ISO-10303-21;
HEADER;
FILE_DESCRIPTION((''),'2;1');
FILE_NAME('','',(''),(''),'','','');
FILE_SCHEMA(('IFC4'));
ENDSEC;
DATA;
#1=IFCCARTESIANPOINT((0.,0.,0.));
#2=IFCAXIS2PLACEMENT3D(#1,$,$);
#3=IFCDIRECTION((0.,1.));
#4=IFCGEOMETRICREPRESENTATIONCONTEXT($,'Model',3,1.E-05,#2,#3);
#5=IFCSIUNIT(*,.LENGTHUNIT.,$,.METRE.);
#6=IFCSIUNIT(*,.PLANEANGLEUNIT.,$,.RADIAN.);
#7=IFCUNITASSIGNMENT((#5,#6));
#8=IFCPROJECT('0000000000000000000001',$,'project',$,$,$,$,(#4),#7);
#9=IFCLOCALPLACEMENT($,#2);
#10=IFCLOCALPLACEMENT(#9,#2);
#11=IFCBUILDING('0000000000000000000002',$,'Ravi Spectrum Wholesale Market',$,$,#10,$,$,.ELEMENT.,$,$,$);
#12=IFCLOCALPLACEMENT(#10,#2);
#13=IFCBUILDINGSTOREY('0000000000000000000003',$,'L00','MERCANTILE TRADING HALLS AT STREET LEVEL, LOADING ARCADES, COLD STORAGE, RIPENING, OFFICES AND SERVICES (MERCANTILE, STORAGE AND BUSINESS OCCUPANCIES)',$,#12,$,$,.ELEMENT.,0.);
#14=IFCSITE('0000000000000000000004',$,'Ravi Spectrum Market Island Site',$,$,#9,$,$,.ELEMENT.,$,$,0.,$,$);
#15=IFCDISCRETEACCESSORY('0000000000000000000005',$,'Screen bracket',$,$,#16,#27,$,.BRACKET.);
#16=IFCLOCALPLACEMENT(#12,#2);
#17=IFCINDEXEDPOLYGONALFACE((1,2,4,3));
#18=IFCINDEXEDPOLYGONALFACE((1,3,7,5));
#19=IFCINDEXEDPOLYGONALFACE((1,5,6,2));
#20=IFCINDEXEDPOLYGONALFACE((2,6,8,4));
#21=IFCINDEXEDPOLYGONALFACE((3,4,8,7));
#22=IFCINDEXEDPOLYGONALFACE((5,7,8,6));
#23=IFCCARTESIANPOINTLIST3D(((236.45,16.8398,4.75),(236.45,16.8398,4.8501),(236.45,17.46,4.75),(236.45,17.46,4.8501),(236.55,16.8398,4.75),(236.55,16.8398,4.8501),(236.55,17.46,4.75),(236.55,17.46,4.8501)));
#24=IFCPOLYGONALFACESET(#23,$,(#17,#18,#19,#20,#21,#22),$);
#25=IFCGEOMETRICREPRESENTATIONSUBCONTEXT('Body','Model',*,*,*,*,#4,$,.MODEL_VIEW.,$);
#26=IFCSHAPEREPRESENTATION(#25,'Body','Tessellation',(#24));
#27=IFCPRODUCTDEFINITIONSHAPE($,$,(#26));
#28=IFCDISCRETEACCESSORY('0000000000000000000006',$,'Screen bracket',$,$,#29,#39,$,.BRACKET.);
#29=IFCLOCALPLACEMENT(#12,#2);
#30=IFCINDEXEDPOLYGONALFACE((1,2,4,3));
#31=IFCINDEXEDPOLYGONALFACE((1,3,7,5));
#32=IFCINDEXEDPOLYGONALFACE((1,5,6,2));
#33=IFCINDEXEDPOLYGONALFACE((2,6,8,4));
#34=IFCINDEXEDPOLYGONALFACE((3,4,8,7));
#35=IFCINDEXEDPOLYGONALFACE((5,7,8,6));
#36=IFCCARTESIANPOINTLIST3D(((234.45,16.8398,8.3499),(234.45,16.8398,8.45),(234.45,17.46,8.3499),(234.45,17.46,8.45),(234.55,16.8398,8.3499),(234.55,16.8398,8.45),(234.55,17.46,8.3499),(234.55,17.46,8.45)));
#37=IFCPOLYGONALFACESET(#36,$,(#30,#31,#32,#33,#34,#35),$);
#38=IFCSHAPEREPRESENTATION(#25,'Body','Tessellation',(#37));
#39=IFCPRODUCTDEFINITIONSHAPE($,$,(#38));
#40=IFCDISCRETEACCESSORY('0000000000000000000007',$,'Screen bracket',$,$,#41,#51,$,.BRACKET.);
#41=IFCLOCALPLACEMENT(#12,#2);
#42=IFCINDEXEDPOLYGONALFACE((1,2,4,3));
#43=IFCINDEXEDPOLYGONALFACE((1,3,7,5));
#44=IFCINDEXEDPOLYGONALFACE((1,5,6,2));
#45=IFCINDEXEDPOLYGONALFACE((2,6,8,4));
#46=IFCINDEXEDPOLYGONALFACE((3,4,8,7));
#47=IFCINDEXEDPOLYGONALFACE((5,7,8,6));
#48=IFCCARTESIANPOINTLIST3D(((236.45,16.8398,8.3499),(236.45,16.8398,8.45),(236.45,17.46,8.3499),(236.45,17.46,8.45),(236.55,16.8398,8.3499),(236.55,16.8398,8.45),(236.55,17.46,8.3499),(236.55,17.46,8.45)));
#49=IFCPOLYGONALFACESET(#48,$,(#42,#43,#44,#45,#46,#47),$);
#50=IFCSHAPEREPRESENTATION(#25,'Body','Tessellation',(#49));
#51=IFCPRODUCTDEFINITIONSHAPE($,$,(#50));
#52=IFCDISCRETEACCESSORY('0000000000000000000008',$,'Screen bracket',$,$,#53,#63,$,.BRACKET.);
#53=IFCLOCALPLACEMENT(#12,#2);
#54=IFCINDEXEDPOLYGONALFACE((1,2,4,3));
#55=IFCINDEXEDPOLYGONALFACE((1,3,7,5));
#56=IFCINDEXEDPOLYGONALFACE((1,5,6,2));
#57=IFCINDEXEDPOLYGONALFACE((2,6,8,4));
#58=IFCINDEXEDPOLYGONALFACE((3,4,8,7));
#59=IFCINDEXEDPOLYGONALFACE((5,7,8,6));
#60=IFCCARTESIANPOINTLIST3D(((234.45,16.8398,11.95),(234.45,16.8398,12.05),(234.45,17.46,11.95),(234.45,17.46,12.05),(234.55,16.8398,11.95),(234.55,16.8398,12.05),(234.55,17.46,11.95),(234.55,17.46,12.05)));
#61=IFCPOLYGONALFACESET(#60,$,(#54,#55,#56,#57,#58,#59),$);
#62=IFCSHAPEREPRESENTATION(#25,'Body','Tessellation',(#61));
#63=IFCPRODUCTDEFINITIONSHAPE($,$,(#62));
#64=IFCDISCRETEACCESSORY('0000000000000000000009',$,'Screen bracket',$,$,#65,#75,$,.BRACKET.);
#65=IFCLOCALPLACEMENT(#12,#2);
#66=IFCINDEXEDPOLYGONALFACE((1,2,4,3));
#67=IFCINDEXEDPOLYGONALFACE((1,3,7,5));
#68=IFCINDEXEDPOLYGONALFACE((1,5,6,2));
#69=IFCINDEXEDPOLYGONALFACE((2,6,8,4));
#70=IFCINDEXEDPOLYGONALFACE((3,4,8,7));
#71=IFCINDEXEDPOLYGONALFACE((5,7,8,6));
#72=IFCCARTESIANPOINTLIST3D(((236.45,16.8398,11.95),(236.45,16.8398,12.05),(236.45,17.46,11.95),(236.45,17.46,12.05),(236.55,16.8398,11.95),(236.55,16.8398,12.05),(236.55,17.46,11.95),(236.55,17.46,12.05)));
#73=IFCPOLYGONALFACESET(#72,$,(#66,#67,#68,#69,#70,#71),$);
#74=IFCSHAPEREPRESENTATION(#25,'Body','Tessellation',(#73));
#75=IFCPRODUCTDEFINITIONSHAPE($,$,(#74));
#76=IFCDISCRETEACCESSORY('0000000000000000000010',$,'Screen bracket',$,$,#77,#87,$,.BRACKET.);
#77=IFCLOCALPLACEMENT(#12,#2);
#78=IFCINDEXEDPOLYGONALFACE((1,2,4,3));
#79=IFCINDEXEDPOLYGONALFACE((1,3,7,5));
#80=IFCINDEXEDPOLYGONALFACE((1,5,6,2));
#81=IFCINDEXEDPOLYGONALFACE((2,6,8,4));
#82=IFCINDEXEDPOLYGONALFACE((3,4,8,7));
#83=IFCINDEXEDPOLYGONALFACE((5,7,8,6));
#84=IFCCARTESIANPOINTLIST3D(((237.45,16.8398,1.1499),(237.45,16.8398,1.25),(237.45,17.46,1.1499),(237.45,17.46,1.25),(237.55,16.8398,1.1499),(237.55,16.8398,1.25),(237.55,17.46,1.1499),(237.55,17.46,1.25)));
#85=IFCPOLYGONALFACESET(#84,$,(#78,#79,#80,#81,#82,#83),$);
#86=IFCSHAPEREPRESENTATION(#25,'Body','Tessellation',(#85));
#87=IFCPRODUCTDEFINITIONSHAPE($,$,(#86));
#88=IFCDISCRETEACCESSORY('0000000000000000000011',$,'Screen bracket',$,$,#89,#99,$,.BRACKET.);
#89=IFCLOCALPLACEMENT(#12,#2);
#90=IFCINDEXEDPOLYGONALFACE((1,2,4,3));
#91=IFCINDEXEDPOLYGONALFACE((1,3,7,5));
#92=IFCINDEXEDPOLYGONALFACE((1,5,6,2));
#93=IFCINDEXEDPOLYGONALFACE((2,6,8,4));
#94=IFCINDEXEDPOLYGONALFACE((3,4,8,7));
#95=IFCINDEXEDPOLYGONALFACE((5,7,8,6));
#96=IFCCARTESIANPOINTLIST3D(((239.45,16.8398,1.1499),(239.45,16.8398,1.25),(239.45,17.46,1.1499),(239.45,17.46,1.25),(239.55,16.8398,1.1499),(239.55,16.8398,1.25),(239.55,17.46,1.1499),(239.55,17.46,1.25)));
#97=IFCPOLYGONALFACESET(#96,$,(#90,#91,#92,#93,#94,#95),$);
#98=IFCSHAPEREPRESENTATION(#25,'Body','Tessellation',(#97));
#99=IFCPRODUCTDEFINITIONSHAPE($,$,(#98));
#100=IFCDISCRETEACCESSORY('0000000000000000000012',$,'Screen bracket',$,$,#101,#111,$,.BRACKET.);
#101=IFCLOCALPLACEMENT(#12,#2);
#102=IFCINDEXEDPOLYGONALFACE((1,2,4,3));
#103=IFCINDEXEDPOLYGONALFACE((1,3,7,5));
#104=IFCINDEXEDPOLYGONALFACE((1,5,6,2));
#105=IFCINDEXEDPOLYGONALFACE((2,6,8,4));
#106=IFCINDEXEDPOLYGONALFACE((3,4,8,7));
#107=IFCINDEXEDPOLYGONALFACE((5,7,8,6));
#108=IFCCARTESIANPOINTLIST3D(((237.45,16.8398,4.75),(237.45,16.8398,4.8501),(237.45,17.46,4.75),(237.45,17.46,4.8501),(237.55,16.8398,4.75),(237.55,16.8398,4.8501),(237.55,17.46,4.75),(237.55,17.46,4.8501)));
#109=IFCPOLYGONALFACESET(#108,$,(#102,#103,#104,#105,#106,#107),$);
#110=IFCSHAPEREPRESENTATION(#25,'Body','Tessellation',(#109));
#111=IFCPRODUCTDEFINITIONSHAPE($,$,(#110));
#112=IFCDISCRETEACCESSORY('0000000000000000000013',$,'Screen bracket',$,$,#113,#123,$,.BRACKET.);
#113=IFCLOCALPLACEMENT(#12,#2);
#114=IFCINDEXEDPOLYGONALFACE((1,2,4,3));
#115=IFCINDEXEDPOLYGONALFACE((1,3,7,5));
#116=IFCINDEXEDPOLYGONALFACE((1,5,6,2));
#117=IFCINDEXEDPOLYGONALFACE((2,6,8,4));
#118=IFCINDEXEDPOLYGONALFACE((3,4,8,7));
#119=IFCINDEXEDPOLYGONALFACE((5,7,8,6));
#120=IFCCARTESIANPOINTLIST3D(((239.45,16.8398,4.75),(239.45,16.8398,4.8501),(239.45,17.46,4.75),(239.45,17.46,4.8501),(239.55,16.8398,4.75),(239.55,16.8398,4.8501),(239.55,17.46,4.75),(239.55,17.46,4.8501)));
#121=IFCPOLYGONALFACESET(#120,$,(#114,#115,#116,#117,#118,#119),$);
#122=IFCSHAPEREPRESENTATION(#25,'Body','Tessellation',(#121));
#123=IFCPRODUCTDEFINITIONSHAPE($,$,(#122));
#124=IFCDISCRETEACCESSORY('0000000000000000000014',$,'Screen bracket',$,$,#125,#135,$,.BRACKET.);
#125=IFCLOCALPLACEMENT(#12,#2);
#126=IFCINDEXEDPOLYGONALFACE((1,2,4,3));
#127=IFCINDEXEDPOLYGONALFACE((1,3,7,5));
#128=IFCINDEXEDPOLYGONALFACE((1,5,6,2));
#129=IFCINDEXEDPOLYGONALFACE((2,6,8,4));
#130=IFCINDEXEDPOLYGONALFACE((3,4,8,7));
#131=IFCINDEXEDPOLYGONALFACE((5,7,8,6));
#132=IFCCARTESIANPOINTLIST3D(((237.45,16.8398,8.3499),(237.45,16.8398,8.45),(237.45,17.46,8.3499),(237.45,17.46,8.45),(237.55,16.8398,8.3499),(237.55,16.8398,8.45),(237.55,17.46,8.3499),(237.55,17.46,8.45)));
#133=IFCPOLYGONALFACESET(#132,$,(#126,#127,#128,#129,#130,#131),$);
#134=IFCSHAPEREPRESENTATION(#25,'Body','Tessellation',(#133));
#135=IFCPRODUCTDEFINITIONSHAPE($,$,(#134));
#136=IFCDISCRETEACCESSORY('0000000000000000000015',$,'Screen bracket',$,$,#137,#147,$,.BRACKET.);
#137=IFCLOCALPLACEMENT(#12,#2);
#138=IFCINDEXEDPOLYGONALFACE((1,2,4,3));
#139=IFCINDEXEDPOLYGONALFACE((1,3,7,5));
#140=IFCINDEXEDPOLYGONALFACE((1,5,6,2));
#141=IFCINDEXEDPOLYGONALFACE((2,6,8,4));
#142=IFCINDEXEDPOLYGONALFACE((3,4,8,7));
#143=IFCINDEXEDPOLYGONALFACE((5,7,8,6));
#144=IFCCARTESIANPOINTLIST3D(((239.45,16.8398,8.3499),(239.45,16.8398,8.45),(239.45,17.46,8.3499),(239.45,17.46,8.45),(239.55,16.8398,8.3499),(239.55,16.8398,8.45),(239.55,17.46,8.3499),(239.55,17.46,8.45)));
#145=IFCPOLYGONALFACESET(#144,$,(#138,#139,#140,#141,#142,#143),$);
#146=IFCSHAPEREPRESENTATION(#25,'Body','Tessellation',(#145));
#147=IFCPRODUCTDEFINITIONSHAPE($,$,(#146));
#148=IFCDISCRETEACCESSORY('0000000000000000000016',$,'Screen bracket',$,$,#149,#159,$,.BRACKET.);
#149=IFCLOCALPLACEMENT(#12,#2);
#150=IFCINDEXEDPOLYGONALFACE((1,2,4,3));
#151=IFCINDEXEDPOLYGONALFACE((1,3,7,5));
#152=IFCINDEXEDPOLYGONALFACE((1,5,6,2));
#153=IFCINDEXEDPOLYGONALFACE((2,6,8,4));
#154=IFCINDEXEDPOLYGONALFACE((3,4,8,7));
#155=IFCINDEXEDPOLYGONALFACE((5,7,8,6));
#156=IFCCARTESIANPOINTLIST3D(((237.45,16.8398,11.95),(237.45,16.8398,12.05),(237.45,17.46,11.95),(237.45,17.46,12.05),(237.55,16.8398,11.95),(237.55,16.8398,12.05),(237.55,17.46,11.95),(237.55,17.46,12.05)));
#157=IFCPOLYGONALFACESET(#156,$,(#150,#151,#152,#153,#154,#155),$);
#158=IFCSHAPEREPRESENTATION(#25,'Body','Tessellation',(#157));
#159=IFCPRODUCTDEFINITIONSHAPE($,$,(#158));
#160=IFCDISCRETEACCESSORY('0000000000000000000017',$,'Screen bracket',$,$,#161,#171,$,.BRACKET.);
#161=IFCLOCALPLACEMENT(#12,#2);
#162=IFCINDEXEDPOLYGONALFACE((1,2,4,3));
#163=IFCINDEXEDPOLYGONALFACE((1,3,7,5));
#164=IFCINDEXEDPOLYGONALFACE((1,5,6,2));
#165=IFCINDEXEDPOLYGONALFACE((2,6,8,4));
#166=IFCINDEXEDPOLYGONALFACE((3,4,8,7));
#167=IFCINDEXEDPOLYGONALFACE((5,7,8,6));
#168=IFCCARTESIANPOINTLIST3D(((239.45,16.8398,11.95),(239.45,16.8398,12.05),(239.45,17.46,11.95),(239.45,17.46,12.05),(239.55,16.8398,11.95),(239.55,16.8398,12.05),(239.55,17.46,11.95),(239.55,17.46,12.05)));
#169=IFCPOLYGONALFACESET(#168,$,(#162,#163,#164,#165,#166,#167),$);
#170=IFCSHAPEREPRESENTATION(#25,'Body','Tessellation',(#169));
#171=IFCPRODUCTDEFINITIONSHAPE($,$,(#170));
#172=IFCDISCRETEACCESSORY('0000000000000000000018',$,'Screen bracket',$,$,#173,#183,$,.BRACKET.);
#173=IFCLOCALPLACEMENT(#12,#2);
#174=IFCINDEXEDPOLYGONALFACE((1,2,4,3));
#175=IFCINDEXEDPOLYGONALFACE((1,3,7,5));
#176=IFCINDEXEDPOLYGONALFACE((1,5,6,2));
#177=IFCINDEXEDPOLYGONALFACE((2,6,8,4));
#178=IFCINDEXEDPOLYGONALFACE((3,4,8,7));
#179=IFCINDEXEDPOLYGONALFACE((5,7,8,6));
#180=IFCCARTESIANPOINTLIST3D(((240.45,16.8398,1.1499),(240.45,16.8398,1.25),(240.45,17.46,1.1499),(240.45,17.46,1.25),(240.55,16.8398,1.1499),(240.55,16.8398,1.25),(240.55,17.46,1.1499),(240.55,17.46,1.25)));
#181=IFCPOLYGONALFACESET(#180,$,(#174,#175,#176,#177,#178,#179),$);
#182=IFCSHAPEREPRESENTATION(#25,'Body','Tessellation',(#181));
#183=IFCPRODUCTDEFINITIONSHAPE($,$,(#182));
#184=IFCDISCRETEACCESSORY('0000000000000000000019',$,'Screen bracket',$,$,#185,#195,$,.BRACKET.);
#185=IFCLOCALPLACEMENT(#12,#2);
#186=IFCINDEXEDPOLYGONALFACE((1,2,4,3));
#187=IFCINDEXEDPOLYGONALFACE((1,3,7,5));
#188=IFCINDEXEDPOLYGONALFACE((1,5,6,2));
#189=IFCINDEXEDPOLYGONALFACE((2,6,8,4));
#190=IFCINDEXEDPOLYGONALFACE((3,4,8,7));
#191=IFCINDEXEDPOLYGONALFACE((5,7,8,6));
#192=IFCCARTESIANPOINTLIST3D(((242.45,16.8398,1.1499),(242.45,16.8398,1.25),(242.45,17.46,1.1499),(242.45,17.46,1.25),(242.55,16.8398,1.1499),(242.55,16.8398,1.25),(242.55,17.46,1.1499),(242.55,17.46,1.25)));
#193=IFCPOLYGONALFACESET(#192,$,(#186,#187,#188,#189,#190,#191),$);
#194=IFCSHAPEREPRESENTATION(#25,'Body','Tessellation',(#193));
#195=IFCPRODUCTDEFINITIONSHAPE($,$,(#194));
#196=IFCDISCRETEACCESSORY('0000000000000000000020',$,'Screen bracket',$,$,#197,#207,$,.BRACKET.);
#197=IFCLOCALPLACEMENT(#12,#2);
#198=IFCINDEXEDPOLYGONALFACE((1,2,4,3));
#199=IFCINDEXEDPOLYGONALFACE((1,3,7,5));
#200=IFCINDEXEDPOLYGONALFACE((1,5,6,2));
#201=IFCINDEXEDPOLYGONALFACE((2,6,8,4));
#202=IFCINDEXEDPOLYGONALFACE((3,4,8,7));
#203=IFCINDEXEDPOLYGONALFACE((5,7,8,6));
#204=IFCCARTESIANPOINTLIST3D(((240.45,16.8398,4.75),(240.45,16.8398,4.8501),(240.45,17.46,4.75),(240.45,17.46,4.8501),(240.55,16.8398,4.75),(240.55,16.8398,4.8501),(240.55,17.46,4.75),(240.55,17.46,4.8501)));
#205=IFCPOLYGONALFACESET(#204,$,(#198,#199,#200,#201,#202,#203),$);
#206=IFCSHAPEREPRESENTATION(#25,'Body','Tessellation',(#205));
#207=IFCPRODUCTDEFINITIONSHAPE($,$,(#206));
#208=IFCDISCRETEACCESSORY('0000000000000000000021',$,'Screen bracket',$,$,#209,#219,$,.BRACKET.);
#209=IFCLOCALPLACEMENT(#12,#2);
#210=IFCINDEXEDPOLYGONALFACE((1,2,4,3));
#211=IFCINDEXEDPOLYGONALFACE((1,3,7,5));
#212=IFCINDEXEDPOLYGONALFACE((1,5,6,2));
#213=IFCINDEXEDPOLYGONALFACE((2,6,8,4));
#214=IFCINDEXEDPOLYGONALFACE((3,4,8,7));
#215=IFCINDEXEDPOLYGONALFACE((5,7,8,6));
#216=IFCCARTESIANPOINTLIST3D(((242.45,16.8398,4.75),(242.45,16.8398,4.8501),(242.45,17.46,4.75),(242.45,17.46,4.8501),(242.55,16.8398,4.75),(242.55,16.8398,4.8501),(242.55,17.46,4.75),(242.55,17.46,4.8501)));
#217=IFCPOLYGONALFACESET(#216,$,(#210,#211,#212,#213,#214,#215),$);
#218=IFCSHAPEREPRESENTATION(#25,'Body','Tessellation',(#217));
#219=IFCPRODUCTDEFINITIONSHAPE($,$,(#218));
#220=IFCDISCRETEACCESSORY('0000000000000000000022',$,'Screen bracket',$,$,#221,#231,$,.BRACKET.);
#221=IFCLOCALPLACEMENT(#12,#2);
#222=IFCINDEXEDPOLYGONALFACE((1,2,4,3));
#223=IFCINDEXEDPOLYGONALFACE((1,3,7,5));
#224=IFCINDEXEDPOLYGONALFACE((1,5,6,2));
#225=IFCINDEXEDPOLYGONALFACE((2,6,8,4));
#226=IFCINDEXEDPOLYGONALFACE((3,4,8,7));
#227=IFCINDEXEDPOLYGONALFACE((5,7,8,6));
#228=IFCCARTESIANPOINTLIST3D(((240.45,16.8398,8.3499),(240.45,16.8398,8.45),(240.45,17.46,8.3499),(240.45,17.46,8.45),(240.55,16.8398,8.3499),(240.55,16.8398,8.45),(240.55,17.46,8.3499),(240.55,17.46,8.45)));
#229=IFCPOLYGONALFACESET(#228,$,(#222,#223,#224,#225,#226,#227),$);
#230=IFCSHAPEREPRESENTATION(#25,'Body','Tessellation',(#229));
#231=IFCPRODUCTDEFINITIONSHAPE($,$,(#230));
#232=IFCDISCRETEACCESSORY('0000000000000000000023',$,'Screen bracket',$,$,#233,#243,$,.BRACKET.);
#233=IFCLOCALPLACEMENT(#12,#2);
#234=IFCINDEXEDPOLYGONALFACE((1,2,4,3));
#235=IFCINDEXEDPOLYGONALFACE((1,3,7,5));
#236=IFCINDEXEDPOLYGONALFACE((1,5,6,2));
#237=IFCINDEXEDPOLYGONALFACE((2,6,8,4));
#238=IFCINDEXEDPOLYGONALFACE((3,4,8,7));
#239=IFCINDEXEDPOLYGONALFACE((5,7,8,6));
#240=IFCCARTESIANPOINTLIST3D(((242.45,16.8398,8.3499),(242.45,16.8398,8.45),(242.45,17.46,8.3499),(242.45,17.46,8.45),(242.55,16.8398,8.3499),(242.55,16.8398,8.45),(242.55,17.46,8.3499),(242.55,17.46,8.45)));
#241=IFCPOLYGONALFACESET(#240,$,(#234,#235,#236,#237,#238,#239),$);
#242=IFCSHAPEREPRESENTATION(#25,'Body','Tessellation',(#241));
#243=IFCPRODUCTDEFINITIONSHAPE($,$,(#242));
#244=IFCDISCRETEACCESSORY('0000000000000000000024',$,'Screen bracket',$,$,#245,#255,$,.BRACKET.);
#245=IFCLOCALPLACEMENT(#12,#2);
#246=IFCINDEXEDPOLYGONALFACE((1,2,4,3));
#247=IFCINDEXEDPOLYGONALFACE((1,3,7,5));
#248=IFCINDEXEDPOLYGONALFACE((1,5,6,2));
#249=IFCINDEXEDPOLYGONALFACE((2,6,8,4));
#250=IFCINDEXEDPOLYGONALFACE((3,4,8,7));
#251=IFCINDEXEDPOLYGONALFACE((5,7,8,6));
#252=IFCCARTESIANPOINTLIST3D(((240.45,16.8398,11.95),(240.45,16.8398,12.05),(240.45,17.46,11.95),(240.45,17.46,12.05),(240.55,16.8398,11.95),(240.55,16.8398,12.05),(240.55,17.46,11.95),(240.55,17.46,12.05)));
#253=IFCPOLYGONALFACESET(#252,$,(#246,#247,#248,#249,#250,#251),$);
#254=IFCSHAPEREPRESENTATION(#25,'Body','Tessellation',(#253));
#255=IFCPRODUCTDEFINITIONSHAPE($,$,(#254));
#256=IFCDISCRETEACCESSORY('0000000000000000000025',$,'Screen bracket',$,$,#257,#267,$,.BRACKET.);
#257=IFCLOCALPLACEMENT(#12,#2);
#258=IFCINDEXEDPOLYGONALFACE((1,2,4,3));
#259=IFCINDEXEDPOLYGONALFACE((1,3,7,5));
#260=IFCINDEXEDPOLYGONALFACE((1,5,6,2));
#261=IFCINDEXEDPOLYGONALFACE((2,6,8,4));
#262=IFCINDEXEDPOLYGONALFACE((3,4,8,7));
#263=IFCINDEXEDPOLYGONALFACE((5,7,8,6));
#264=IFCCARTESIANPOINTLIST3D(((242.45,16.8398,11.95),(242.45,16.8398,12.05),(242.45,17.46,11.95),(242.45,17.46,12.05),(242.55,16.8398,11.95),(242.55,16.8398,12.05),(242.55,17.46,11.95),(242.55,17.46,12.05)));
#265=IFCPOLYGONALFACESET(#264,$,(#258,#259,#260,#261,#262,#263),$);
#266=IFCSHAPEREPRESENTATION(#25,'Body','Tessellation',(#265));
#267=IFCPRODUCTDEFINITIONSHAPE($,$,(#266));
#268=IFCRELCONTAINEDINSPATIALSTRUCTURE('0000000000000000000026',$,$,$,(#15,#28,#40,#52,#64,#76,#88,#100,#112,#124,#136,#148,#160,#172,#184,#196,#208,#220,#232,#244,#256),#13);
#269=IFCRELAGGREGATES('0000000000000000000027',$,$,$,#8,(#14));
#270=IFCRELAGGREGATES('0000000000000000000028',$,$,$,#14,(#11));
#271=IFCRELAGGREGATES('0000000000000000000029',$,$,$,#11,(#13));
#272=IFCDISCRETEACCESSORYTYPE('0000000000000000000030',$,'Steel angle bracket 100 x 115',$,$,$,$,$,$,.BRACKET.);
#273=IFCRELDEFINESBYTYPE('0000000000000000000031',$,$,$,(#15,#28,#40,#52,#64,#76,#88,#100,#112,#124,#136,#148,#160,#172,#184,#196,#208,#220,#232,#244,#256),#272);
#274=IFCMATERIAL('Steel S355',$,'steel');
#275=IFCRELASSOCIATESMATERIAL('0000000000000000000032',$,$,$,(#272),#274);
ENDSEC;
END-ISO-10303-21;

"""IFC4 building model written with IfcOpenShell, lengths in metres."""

from ifc_helpers import new_model, si_unit, direction, frame, origin, origin_2d, place, context, subcontext, project, spatial, rectangle, extrude, material, type_object, element, save


model = new_model("IFC4")

# Units and contexts
model_context = context("Model", 3, precision=1e-05, world=origin(), true_north=direction((0.0, 1.0)))
body_context = subcontext(model_context, "Body", "Model", "MODEL_VIEW")
ifc_project = project(units=[si_unit("LENGTHUNIT", "METRE"), si_unit("PLANEANGLEUNIT", "RADIAN")], contexts=[model_context])

# Site, building, storey
site_placement = place(None, origin())
site = spatial("IfcSite", under=ifc_project, at=site_placement, Name="Ravi Spectrum Market Island Site", CompositionType="ELEMENT", RefElevation=0.0)
building_placement = place(site_placement, origin())
building = spatial("IfcBuilding", under=site, at=building_placement, Name="Ravi Spectrum Wholesale Market", CompositionType="ELEMENT")
storey_placement = place(building_placement, origin())
storey = spatial("IfcBuildingStorey", under=building, at=storey_placement, Name="L00", Description="MERCANTILE TRADING HALLS AT STREET LEVEL, LOADING ARCADES, COLD STORAGE, RIPENING, OFFICES AND SERVICES (MERCANTILE, STORAGE AND BUSINESS OCCUPANCIES)", CompositionType="ELEMENT", Elevation=0.0)

# Discrete accessories
ifc_material_1 = material(Name="Steel S355", Category="steel")
discrete_accessory_type = type_object("IfcDiscreteAccessoryType", Name="Steel angle bracket 100 x 115", PredefinedType="BRACKET", material=ifc_material_1)
for number, where, z_axis, x_axis, name in (
    (1, (236.5, 17.1499, 4.75), (0.0, 0.0, 1.0), (1.0, 0.0, 0.0), "Screen bracket"),
    (2, (234.5, 17.1499, 8.3499), (0.0, 0.0, 1.0), (1.0, 0.0, 0.0), "Screen bracket"),
    (3, (236.5, 17.1499, 8.3499), (0.0, 0.0, 1.0), (1.0, 0.0, 0.0), "Screen bracket"),
    (4, (234.5, 17.1499, 11.95), (0.0, 0.0, 1.0), (1.0, 0.0, 0.0), "Screen bracket"),
    (5, (236.5, 17.1499, 11.95), (0.0, 0.0, 1.0), (1.0, 0.0, 0.0), "Screen bracket"),
    (6, (237.5, 17.1499, 1.1499), (0.0, 0.0, 1.0), (1.0, 0.0, 0.0), "Screen bracket"),
    (7, (239.5, 17.1499, 1.1499), (0.0, 0.0, 1.0), (1.0, 0.0, 0.0), "Screen bracket"),
    (8, (237.5, 17.1499, 4.75), (0.0, 0.0, 1.0), (1.0, 0.0, 0.0), "Screen bracket"),
    (9, (239.5, 17.1499, 4.75), (0.0, 0.0, 1.0), (1.0, 0.0, 0.0), "Screen bracket"),
    (10, (237.5, 17.1499, 8.3499), (0.0, 0.0, 1.0), (1.0, 0.0, 0.0), "Screen bracket"),
    (11, (239.5, 17.1499, 8.3499), (0.0, 0.0, 1.0), (1.0, 0.0, 0.0), "Screen bracket"),
    (12, (237.5, 17.1499, 11.95), (0.0, 0.0, 1.0), (1.0, 0.0, 0.0), "Screen bracket"),
    (13, (239.5, 17.1499, 11.95), (0.0, 0.0, 1.0), (1.0, 0.0, 0.0), "Screen bracket"),
    (14, (240.5, 17.1499, 1.1499), (0.0, 0.0, 1.0), (1.0, 0.0, 0.0), "Screen bracket"),
    (15, (242.5, 17.1499, 1.1499), (0.0, 0.0, 1.0), (1.0, 0.0, 0.0), "Screen bracket"),
    (16, (240.5, 17.1499, 4.75), (0.0, 0.0, 1.0), (1.0, 0.0, 0.0), "Screen bracket"),
    (17, (242.5, 17.1499, 4.75), (0.0, 0.0, 1.0), (1.0, 0.0, 0.0), "Screen bracket"),
    (18, (240.5, 17.1499, 8.3499), (0.0, 0.0, 1.0), (1.0, 0.0, 0.0), "Screen bracket"),
    (19, (242.5, 17.1499, 8.3499), (0.0, 0.0, 1.0), (1.0, 0.0, 0.0), "Screen bracket"),
    (20, (240.5, 17.1499, 11.95), (0.0, 0.0, 1.0), (1.0, 0.0, 0.0), "Screen bracket"),
    (21, (242.5, 17.1499, 11.95), (0.0, 0.0, 1.0), (1.0, 0.0, 0.0), "Screen bracket"),
):
    element("IfcDiscreteAccessory", number, at=place(storey_placement, frame(where, z_axis=z_axis, x_axis=x_axis)), inside=storey, type_object=discrete_accessory_type, Name=name, PredefinedType="BRACKET", context=body_context, shape_type="SweptSolid", body=[
        extrude(rectangle(XDim=0.1001, YDim=0.6201, at=origin_2d()), origin(), (0.0, 0.0, 1.0), 0.1001),
    ])

save(model, "model.ifc")
